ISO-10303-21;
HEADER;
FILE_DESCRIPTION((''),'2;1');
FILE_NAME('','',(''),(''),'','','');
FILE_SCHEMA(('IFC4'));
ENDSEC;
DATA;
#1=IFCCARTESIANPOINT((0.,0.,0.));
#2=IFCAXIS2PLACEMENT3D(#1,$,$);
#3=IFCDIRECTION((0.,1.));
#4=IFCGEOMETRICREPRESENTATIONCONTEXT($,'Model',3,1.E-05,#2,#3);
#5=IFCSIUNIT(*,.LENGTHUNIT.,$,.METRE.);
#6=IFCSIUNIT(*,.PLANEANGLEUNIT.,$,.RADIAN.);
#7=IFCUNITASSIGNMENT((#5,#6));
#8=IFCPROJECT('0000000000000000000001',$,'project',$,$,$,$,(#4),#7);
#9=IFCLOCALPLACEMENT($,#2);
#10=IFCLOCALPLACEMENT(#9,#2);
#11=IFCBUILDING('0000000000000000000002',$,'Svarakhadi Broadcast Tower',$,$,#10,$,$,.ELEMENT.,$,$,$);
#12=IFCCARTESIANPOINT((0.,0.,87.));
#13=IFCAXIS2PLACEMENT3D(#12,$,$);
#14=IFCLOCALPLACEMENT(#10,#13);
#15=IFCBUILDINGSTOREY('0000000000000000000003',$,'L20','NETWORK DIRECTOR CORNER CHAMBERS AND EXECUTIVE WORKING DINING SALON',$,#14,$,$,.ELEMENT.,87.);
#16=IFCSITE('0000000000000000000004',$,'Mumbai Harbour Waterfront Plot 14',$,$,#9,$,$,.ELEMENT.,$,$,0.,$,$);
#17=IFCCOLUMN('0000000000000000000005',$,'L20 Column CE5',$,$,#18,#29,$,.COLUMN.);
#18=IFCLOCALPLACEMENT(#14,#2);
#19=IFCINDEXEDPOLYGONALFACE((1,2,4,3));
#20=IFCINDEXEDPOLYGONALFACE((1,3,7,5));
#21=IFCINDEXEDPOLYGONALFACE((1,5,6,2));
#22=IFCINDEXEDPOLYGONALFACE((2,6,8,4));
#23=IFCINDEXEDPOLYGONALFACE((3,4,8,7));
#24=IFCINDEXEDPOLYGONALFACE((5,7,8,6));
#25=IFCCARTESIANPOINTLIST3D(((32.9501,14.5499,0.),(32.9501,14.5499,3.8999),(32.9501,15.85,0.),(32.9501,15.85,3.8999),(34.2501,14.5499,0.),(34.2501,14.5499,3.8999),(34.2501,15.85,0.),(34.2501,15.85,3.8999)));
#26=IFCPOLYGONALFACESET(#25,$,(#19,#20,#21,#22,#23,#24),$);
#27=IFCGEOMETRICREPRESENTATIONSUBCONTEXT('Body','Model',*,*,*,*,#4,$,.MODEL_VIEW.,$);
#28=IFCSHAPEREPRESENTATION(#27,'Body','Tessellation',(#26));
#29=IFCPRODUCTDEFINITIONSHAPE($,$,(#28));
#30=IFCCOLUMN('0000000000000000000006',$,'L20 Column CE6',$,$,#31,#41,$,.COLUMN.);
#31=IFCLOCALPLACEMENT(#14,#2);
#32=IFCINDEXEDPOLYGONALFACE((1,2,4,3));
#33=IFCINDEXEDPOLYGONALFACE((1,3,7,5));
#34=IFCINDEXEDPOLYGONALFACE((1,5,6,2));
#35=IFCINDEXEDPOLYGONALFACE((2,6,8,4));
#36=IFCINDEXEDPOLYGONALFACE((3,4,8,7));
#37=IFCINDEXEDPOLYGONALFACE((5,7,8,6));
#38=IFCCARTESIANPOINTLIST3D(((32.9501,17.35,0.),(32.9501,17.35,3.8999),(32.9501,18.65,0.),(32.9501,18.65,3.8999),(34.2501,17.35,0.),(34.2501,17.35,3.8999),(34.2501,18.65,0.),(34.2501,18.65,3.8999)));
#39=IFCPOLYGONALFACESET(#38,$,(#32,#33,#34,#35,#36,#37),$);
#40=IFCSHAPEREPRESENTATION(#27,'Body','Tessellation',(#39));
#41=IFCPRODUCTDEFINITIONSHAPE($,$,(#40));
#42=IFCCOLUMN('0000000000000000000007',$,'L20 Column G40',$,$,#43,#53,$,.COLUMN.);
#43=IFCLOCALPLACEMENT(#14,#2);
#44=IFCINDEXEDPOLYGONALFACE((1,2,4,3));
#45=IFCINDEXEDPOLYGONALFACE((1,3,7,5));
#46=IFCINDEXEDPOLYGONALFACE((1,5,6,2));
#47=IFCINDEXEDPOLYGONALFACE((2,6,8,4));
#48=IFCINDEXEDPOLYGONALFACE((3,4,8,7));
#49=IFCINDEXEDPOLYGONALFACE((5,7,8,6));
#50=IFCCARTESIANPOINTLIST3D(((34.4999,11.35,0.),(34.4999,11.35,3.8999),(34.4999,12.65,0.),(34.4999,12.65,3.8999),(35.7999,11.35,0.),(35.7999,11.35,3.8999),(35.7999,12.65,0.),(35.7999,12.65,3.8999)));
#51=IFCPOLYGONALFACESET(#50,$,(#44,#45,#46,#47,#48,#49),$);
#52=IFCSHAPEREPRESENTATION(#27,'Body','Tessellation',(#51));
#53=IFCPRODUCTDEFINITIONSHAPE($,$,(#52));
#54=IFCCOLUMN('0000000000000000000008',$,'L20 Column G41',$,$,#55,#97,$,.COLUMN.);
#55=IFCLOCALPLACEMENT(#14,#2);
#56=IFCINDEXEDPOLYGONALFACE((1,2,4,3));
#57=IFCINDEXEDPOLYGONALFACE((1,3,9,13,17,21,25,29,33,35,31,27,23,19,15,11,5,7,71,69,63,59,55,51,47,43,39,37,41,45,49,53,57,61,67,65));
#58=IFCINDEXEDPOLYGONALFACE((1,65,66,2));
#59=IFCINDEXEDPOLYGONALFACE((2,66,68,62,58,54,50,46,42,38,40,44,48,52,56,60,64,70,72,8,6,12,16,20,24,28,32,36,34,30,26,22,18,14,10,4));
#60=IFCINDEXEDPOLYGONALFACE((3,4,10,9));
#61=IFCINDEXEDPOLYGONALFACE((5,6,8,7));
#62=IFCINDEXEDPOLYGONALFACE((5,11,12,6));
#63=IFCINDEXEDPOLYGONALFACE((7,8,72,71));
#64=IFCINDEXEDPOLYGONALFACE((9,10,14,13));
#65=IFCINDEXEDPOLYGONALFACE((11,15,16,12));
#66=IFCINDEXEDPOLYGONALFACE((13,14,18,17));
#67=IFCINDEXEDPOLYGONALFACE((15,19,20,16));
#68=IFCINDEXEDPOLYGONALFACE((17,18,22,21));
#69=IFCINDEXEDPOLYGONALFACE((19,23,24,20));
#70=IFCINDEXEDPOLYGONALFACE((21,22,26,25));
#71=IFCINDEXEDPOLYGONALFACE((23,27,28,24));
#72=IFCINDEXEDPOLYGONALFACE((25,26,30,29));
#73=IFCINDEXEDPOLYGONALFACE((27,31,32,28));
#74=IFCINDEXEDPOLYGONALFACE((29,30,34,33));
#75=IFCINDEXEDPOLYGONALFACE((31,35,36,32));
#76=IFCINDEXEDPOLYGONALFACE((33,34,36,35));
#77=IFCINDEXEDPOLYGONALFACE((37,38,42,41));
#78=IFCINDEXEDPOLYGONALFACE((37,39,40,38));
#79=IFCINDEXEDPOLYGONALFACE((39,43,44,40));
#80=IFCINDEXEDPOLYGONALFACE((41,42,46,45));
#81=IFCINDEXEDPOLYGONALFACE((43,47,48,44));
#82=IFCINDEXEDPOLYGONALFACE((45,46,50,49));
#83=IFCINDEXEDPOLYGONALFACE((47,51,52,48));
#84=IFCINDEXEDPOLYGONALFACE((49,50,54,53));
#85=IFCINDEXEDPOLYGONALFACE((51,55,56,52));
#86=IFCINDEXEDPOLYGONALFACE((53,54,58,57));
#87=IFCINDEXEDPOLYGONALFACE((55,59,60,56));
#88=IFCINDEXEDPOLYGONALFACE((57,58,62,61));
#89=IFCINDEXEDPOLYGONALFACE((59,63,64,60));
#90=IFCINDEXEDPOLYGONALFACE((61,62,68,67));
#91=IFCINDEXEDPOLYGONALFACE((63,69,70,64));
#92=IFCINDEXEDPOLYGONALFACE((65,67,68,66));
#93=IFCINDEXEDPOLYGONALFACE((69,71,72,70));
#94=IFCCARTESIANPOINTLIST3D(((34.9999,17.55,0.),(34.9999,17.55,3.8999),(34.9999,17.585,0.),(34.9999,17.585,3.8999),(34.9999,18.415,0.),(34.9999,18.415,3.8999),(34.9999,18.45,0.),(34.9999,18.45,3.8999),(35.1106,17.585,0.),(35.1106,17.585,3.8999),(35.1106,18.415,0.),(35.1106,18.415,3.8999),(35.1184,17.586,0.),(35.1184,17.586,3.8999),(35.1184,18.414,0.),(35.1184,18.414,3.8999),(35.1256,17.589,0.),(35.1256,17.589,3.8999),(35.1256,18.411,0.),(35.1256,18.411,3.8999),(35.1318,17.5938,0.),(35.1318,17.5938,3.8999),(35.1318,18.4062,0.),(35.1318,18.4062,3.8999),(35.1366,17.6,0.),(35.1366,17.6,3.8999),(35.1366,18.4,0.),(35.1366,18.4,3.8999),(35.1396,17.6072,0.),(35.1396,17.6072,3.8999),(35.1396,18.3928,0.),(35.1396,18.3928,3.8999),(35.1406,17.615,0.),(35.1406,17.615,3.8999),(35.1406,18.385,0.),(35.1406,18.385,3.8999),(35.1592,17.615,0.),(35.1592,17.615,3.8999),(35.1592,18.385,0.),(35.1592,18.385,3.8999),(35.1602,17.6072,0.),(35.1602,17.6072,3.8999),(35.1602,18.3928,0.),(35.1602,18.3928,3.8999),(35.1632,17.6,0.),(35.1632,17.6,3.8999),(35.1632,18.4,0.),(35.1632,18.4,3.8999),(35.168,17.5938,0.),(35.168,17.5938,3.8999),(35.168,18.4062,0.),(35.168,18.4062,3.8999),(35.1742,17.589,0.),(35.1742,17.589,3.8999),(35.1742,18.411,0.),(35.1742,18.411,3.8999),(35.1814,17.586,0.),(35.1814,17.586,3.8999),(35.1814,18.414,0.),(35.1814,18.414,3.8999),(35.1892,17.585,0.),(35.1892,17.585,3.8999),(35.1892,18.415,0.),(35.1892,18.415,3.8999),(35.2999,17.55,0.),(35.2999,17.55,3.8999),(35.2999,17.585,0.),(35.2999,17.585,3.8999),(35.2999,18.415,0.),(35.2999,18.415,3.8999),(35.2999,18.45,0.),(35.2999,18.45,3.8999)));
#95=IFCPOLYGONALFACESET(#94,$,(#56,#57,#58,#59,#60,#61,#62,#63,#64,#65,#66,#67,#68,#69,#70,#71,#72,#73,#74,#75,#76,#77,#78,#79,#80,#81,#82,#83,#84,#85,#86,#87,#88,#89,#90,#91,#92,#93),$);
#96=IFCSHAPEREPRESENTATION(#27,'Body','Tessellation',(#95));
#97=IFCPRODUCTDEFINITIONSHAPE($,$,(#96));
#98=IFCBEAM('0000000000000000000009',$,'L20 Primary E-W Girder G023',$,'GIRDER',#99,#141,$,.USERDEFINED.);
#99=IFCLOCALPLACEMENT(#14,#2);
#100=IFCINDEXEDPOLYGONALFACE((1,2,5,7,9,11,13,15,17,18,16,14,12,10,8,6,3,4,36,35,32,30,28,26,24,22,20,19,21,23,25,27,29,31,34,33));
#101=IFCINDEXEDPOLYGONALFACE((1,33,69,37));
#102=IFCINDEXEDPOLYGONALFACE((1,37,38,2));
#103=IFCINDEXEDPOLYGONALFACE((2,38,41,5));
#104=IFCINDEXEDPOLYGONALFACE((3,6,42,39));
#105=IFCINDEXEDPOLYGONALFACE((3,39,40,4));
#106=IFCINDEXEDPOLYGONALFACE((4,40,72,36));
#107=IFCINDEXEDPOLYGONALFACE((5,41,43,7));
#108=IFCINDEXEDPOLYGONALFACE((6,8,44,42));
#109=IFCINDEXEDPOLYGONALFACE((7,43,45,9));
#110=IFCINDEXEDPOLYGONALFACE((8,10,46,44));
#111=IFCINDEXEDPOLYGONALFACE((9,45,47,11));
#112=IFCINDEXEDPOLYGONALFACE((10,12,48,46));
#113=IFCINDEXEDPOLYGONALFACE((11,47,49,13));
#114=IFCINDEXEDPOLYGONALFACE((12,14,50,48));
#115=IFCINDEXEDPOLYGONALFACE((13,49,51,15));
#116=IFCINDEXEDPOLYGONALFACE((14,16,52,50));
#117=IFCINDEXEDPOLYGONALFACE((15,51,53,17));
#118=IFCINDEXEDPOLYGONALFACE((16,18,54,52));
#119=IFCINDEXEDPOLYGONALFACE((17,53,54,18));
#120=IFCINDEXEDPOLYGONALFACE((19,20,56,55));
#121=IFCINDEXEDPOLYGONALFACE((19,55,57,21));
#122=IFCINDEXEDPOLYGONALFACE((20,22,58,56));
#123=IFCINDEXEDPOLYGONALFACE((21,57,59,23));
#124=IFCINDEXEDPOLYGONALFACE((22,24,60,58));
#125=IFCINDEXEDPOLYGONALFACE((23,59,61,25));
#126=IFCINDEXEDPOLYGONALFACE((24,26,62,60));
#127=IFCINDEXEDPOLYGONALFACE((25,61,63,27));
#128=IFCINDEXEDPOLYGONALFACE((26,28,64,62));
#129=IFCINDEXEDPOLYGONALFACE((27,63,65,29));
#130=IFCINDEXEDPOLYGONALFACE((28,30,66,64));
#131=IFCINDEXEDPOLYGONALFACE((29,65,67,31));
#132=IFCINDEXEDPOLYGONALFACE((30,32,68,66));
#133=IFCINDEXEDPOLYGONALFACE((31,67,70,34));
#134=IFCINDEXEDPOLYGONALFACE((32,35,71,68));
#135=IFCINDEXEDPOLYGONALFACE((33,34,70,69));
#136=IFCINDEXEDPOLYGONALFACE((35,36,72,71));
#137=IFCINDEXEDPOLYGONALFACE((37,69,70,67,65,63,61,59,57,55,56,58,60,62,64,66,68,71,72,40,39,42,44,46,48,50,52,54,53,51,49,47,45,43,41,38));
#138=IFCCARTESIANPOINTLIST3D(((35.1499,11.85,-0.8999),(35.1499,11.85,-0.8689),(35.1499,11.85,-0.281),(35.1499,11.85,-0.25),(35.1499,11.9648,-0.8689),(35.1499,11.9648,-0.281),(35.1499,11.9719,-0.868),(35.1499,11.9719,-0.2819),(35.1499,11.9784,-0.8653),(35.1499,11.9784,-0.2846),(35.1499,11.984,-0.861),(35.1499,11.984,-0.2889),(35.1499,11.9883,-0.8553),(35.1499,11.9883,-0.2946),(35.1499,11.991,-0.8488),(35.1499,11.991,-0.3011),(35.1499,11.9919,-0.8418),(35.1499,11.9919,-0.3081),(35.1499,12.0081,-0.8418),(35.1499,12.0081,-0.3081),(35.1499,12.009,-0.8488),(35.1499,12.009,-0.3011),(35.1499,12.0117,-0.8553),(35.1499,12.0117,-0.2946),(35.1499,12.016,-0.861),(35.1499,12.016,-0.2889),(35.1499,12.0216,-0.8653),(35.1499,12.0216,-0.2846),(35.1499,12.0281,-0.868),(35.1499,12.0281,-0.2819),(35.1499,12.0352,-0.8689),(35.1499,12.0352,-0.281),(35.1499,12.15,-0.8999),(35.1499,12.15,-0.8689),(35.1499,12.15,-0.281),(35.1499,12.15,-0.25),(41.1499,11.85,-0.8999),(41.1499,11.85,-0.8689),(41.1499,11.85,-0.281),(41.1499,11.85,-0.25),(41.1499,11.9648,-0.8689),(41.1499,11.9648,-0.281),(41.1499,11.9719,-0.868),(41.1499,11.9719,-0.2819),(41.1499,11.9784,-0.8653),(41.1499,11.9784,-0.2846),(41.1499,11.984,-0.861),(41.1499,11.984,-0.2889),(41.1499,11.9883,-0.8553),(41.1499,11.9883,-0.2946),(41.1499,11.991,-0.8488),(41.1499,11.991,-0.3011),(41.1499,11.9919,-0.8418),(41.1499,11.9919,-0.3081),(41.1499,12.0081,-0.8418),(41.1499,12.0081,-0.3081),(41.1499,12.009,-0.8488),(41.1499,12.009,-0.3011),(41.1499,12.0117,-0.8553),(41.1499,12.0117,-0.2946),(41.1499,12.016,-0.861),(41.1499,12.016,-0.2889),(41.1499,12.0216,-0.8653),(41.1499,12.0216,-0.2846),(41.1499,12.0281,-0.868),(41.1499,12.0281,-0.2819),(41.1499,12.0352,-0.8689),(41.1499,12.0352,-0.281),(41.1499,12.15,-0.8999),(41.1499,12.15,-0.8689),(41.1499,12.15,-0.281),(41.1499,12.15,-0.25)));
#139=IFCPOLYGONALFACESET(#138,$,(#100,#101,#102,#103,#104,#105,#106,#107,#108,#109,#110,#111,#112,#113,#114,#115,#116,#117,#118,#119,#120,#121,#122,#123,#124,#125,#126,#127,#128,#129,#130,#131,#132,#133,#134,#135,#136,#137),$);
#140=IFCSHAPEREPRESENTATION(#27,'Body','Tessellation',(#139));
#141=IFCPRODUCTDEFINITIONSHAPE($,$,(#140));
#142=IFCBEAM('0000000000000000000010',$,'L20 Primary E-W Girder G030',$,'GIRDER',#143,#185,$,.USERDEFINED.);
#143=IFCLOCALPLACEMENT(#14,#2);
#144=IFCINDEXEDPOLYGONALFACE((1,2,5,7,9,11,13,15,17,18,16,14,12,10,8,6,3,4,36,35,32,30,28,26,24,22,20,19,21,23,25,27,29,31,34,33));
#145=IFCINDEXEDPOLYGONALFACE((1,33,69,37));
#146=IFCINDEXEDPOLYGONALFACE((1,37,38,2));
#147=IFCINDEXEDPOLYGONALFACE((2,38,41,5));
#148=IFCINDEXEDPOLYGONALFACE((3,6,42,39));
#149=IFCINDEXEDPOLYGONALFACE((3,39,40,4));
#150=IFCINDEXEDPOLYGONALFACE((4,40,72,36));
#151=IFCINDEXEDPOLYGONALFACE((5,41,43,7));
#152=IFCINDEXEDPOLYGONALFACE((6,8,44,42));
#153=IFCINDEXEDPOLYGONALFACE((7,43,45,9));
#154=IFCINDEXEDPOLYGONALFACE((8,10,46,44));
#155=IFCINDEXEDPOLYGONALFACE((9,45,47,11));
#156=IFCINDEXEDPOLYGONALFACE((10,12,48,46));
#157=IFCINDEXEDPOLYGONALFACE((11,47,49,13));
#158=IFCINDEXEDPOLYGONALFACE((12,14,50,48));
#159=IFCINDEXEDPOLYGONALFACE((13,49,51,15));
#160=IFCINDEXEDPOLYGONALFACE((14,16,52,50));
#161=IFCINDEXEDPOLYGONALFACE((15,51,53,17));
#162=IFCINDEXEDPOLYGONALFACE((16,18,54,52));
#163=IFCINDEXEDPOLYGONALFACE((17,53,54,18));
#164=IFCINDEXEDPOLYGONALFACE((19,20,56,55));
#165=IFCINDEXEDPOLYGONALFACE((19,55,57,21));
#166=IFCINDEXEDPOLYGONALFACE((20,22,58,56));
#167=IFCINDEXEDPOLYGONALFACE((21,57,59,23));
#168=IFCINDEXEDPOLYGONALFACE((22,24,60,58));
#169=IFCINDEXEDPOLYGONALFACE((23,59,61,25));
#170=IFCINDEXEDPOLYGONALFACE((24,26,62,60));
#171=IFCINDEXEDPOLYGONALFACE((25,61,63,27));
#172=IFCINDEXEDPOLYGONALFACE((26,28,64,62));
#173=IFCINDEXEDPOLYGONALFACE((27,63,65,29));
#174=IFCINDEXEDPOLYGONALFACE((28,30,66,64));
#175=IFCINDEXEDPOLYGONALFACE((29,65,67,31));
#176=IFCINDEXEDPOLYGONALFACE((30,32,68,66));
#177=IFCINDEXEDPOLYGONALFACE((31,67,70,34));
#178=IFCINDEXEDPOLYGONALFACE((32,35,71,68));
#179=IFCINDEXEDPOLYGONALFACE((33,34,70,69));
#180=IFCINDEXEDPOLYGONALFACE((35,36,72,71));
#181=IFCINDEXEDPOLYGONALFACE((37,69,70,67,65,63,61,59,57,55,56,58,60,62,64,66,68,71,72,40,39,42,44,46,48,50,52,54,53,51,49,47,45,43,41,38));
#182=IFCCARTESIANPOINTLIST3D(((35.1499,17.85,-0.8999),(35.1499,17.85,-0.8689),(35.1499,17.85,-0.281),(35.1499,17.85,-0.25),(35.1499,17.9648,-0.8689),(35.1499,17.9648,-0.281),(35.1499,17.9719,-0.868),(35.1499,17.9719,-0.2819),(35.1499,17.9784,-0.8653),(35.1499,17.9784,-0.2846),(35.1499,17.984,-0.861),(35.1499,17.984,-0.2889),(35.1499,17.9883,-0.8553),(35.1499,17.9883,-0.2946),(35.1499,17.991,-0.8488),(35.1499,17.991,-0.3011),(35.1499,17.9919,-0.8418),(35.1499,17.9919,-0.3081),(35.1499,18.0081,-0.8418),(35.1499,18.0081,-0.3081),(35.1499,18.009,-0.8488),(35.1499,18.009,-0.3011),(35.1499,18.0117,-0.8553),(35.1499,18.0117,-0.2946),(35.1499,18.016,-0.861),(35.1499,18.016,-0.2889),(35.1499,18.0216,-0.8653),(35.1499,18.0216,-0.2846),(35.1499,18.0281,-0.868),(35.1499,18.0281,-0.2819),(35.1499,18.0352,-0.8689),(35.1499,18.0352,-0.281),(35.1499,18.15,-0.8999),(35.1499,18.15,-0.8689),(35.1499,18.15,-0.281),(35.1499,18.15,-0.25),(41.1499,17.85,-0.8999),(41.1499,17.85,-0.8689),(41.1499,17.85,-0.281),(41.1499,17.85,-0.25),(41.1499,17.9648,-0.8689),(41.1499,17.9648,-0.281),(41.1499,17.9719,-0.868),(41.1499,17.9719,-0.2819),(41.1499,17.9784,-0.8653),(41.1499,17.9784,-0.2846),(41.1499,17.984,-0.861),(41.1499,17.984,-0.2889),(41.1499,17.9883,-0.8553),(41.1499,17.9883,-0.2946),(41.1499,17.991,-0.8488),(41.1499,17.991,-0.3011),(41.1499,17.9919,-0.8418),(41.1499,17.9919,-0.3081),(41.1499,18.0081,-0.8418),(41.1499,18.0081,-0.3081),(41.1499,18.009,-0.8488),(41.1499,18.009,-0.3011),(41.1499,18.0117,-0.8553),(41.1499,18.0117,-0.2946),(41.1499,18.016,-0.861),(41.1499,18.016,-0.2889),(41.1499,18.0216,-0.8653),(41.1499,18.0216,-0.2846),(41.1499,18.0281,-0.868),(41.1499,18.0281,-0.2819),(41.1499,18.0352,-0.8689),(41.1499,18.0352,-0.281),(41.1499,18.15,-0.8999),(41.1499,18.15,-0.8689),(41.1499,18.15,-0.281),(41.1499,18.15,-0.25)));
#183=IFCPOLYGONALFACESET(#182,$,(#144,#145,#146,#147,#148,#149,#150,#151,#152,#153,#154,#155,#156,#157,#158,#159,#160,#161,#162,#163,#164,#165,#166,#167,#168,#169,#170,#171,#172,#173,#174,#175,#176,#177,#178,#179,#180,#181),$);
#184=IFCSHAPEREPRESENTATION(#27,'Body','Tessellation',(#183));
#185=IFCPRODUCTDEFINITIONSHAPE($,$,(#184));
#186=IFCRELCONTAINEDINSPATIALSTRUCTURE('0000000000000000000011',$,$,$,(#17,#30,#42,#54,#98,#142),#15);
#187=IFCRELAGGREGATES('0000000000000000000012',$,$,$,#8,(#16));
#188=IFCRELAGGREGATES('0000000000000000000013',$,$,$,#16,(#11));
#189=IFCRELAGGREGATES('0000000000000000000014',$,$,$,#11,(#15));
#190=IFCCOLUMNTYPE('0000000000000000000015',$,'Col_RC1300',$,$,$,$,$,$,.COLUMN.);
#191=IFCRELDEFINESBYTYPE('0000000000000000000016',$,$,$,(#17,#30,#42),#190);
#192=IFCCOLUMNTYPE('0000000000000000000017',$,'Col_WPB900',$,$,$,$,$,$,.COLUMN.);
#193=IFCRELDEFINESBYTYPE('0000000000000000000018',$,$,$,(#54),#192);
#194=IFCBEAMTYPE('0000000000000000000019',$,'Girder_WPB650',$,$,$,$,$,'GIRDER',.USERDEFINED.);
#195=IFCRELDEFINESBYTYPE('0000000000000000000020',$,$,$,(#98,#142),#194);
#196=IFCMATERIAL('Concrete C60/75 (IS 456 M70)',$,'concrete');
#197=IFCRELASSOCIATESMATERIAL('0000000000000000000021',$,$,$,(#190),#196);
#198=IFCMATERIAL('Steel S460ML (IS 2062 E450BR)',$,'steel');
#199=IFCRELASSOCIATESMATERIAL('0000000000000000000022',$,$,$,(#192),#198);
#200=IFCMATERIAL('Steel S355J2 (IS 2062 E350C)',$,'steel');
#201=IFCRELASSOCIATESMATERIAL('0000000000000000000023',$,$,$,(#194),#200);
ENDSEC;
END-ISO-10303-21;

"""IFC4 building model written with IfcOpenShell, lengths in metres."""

from ifc_helpers import new_model, si_unit, direction, frame, origin, origin_2d, place, context, subcontext, project, spatial, rectangle, i_section, extrude, material, material_profile, profile_set, type_object, element, save


model = new_model("IFC4")

# Units and contexts
model_context = context("Model", 3, precision=1e-05, world=origin(), true_north=direction((0.0, 1.0)))
body_context = subcontext(model_context, "Body", "Model", "MODEL_VIEW")
ifc_project = project(units=[si_unit("LENGTHUNIT", "METRE"), si_unit("PLANEANGLEUNIT", "RADIAN")], contexts=[model_context])

# Site, building, storey
site_placement = place(None, origin())
site = spatial("IfcSite", under=ifc_project, at=site_placement, Name="Mumbai Harbour Waterfront Plot 14", CompositionType="ELEMENT", RefElevation=0.0)
building_placement = place(site_placement, origin())
building = spatial("IfcBuilding", under=site, at=building_placement, Name="Svarakhadi Broadcast Tower", CompositionType="ELEMENT")
storey_placement = place(building_placement, frame((0.0, 0.0, 87.0)))
storey = spatial("IfcBuildingStorey", under=building, at=storey_placement, Name="L20", Description="NETWORK DIRECTOR CORNER CHAMBERS AND EXECUTIVE WORKING DINING SALON", CompositionType="ELEMENT", Elevation=87.0)

# Columns
ifc_material_1 = material(Name="Concrete C60/75 (IS 456 M70)", Category="concrete")
ifc_material_profile_1 = material_profile(ifc_material_1, rectangle(XDim=1.3, YDim=1.3, at=origin_2d()), Name="RC 1300x1300")
ifc_profile_set_1 = profile_set([ifc_material_profile_1], Name="Concrete C60/75 (IS 456 M70)")
column_type_1 = type_object("IfcColumnType", Name="Col_RC1300", PredefinedType="COLUMN", material=ifc_profile_set_1)
for number, where, z_axis, x_axis, name in (
    (1, (33.6001, 15.2, 0.0), (0.0, 0.0, 1.0), (1.0, 0.0, 0.0), "L20 Column CE5"),
    (2, (33.6001, 18.0, 0.0), (0.0, 0.0, 1.0), (1.0, 0.0, 0.0), "L20 Column CE6"),
    (3, (35.1499, 12.0, 0.0), (0.0, 0.0, 1.0), (1.0, 0.0, 0.0), "L20 Column G40"),
):
    element("IfcColumn", number, at=place(storey_placement, frame(where, z_axis=z_axis, x_axis=x_axis)), inside=storey, type_object=column_type_1, Name=name, PredefinedType="COLUMN", context=body_context, shape_type="SweptSolid", body=[
        extrude(rectangle(XDim=1.3, YDim=1.3, at=origin_2d()), origin(), (0.0, 0.0, 1.0), 3.8999),
    ])
ifc_material_2 = material(Name="Steel S460ML (IS 2062 E450BR)", Category="steel")
ifc_material_profile_2 = material_profile(ifc_material_2, i_section(OverallWidth=0.3, OverallDepth=0.8999, WebThickness=0.0186, FlangeThickness=0.0349, FilletRadius=0.03, at=origin_2d()), Name="WPB 900x300x291")
ifc_profile_set_2 = profile_set([ifc_material_profile_2], Name="Steel S460ML (IS 2062 E450BR)")
column_type_2 = type_object("IfcColumnType", Name="Col_WPB900", PredefinedType="COLUMN", material=ifc_profile_set_2)
column_placement = place(storey_placement, frame((35.1499, 18.0, 0.0), z_axis=(0.0, 0.0, 1.0), x_axis=(1.0, 0.0, 0.0)))
element("IfcColumn", 4, at=column_placement, inside=storey, type_object=column_type_2, Name="L20 Column G41", PredefinedType="COLUMN", context=body_context, shape_type="SweptSolid", body=[
    extrude(i_section(OverallWidth=0.3, OverallDepth=0.8999, WebThickness=0.0186, FlangeThickness=0.0349, FilletRadius=0.03, at=origin_2d()), origin(), (0.0, 0.0, 1.0), 3.8999),
])

# Beams
ifc_material_3 = material(Name="Steel S355J2 (IS 2062 E350C)", Category="steel")
ifc_material_profile_3 = material_profile(ifc_material_3, i_section(OverallWidth=0.3, OverallDepth=0.6499, WebThickness=0.0161, FlangeThickness=0.031, FilletRadius=0.0271, at=origin_2d()), Name="WPB 650x300x225")
ifc_profile_set_3 = profile_set([ifc_material_profile_3], Name="Steel S355J2 (IS 2062 E350C)")
beam_type = type_object("IfcBeamType", Name="Girder_WPB650", ElementType="GIRDER", PredefinedType="USERDEFINED", material=ifc_profile_set_3)
for number, where, z_axis, x_axis, name in (
    (5, (35.1499, 12.0, -0.575), (1.0, 0.0, 0.0), (0.0, 1.0, 0.0), "L20 Primary E-W Girder G023"),
    (6, (35.1499, 18.0, -0.575), (1.0, 0.0, 0.0), (0.0, 1.0, 0.0), "L20 Primary E-W Girder G030"),
):
    element("IfcBeam", number, at=place(storey_placement, frame(where, z_axis=z_axis, x_axis=x_axis)), inside=storey, type_object=beam_type, Name=name, ObjectType="GIRDER", PredefinedType="USERDEFINED", context=body_context, shape_type="SweptSolid", body=[
        extrude(i_section(OverallWidth=0.3, OverallDepth=0.6499, WebThickness=0.0161, FlangeThickness=0.031, FilletRadius=0.0271, at=origin_2d()), origin(), (0.0, 0.0, 1.0), 6.0),
    ])

save(model, "model.ifc")
